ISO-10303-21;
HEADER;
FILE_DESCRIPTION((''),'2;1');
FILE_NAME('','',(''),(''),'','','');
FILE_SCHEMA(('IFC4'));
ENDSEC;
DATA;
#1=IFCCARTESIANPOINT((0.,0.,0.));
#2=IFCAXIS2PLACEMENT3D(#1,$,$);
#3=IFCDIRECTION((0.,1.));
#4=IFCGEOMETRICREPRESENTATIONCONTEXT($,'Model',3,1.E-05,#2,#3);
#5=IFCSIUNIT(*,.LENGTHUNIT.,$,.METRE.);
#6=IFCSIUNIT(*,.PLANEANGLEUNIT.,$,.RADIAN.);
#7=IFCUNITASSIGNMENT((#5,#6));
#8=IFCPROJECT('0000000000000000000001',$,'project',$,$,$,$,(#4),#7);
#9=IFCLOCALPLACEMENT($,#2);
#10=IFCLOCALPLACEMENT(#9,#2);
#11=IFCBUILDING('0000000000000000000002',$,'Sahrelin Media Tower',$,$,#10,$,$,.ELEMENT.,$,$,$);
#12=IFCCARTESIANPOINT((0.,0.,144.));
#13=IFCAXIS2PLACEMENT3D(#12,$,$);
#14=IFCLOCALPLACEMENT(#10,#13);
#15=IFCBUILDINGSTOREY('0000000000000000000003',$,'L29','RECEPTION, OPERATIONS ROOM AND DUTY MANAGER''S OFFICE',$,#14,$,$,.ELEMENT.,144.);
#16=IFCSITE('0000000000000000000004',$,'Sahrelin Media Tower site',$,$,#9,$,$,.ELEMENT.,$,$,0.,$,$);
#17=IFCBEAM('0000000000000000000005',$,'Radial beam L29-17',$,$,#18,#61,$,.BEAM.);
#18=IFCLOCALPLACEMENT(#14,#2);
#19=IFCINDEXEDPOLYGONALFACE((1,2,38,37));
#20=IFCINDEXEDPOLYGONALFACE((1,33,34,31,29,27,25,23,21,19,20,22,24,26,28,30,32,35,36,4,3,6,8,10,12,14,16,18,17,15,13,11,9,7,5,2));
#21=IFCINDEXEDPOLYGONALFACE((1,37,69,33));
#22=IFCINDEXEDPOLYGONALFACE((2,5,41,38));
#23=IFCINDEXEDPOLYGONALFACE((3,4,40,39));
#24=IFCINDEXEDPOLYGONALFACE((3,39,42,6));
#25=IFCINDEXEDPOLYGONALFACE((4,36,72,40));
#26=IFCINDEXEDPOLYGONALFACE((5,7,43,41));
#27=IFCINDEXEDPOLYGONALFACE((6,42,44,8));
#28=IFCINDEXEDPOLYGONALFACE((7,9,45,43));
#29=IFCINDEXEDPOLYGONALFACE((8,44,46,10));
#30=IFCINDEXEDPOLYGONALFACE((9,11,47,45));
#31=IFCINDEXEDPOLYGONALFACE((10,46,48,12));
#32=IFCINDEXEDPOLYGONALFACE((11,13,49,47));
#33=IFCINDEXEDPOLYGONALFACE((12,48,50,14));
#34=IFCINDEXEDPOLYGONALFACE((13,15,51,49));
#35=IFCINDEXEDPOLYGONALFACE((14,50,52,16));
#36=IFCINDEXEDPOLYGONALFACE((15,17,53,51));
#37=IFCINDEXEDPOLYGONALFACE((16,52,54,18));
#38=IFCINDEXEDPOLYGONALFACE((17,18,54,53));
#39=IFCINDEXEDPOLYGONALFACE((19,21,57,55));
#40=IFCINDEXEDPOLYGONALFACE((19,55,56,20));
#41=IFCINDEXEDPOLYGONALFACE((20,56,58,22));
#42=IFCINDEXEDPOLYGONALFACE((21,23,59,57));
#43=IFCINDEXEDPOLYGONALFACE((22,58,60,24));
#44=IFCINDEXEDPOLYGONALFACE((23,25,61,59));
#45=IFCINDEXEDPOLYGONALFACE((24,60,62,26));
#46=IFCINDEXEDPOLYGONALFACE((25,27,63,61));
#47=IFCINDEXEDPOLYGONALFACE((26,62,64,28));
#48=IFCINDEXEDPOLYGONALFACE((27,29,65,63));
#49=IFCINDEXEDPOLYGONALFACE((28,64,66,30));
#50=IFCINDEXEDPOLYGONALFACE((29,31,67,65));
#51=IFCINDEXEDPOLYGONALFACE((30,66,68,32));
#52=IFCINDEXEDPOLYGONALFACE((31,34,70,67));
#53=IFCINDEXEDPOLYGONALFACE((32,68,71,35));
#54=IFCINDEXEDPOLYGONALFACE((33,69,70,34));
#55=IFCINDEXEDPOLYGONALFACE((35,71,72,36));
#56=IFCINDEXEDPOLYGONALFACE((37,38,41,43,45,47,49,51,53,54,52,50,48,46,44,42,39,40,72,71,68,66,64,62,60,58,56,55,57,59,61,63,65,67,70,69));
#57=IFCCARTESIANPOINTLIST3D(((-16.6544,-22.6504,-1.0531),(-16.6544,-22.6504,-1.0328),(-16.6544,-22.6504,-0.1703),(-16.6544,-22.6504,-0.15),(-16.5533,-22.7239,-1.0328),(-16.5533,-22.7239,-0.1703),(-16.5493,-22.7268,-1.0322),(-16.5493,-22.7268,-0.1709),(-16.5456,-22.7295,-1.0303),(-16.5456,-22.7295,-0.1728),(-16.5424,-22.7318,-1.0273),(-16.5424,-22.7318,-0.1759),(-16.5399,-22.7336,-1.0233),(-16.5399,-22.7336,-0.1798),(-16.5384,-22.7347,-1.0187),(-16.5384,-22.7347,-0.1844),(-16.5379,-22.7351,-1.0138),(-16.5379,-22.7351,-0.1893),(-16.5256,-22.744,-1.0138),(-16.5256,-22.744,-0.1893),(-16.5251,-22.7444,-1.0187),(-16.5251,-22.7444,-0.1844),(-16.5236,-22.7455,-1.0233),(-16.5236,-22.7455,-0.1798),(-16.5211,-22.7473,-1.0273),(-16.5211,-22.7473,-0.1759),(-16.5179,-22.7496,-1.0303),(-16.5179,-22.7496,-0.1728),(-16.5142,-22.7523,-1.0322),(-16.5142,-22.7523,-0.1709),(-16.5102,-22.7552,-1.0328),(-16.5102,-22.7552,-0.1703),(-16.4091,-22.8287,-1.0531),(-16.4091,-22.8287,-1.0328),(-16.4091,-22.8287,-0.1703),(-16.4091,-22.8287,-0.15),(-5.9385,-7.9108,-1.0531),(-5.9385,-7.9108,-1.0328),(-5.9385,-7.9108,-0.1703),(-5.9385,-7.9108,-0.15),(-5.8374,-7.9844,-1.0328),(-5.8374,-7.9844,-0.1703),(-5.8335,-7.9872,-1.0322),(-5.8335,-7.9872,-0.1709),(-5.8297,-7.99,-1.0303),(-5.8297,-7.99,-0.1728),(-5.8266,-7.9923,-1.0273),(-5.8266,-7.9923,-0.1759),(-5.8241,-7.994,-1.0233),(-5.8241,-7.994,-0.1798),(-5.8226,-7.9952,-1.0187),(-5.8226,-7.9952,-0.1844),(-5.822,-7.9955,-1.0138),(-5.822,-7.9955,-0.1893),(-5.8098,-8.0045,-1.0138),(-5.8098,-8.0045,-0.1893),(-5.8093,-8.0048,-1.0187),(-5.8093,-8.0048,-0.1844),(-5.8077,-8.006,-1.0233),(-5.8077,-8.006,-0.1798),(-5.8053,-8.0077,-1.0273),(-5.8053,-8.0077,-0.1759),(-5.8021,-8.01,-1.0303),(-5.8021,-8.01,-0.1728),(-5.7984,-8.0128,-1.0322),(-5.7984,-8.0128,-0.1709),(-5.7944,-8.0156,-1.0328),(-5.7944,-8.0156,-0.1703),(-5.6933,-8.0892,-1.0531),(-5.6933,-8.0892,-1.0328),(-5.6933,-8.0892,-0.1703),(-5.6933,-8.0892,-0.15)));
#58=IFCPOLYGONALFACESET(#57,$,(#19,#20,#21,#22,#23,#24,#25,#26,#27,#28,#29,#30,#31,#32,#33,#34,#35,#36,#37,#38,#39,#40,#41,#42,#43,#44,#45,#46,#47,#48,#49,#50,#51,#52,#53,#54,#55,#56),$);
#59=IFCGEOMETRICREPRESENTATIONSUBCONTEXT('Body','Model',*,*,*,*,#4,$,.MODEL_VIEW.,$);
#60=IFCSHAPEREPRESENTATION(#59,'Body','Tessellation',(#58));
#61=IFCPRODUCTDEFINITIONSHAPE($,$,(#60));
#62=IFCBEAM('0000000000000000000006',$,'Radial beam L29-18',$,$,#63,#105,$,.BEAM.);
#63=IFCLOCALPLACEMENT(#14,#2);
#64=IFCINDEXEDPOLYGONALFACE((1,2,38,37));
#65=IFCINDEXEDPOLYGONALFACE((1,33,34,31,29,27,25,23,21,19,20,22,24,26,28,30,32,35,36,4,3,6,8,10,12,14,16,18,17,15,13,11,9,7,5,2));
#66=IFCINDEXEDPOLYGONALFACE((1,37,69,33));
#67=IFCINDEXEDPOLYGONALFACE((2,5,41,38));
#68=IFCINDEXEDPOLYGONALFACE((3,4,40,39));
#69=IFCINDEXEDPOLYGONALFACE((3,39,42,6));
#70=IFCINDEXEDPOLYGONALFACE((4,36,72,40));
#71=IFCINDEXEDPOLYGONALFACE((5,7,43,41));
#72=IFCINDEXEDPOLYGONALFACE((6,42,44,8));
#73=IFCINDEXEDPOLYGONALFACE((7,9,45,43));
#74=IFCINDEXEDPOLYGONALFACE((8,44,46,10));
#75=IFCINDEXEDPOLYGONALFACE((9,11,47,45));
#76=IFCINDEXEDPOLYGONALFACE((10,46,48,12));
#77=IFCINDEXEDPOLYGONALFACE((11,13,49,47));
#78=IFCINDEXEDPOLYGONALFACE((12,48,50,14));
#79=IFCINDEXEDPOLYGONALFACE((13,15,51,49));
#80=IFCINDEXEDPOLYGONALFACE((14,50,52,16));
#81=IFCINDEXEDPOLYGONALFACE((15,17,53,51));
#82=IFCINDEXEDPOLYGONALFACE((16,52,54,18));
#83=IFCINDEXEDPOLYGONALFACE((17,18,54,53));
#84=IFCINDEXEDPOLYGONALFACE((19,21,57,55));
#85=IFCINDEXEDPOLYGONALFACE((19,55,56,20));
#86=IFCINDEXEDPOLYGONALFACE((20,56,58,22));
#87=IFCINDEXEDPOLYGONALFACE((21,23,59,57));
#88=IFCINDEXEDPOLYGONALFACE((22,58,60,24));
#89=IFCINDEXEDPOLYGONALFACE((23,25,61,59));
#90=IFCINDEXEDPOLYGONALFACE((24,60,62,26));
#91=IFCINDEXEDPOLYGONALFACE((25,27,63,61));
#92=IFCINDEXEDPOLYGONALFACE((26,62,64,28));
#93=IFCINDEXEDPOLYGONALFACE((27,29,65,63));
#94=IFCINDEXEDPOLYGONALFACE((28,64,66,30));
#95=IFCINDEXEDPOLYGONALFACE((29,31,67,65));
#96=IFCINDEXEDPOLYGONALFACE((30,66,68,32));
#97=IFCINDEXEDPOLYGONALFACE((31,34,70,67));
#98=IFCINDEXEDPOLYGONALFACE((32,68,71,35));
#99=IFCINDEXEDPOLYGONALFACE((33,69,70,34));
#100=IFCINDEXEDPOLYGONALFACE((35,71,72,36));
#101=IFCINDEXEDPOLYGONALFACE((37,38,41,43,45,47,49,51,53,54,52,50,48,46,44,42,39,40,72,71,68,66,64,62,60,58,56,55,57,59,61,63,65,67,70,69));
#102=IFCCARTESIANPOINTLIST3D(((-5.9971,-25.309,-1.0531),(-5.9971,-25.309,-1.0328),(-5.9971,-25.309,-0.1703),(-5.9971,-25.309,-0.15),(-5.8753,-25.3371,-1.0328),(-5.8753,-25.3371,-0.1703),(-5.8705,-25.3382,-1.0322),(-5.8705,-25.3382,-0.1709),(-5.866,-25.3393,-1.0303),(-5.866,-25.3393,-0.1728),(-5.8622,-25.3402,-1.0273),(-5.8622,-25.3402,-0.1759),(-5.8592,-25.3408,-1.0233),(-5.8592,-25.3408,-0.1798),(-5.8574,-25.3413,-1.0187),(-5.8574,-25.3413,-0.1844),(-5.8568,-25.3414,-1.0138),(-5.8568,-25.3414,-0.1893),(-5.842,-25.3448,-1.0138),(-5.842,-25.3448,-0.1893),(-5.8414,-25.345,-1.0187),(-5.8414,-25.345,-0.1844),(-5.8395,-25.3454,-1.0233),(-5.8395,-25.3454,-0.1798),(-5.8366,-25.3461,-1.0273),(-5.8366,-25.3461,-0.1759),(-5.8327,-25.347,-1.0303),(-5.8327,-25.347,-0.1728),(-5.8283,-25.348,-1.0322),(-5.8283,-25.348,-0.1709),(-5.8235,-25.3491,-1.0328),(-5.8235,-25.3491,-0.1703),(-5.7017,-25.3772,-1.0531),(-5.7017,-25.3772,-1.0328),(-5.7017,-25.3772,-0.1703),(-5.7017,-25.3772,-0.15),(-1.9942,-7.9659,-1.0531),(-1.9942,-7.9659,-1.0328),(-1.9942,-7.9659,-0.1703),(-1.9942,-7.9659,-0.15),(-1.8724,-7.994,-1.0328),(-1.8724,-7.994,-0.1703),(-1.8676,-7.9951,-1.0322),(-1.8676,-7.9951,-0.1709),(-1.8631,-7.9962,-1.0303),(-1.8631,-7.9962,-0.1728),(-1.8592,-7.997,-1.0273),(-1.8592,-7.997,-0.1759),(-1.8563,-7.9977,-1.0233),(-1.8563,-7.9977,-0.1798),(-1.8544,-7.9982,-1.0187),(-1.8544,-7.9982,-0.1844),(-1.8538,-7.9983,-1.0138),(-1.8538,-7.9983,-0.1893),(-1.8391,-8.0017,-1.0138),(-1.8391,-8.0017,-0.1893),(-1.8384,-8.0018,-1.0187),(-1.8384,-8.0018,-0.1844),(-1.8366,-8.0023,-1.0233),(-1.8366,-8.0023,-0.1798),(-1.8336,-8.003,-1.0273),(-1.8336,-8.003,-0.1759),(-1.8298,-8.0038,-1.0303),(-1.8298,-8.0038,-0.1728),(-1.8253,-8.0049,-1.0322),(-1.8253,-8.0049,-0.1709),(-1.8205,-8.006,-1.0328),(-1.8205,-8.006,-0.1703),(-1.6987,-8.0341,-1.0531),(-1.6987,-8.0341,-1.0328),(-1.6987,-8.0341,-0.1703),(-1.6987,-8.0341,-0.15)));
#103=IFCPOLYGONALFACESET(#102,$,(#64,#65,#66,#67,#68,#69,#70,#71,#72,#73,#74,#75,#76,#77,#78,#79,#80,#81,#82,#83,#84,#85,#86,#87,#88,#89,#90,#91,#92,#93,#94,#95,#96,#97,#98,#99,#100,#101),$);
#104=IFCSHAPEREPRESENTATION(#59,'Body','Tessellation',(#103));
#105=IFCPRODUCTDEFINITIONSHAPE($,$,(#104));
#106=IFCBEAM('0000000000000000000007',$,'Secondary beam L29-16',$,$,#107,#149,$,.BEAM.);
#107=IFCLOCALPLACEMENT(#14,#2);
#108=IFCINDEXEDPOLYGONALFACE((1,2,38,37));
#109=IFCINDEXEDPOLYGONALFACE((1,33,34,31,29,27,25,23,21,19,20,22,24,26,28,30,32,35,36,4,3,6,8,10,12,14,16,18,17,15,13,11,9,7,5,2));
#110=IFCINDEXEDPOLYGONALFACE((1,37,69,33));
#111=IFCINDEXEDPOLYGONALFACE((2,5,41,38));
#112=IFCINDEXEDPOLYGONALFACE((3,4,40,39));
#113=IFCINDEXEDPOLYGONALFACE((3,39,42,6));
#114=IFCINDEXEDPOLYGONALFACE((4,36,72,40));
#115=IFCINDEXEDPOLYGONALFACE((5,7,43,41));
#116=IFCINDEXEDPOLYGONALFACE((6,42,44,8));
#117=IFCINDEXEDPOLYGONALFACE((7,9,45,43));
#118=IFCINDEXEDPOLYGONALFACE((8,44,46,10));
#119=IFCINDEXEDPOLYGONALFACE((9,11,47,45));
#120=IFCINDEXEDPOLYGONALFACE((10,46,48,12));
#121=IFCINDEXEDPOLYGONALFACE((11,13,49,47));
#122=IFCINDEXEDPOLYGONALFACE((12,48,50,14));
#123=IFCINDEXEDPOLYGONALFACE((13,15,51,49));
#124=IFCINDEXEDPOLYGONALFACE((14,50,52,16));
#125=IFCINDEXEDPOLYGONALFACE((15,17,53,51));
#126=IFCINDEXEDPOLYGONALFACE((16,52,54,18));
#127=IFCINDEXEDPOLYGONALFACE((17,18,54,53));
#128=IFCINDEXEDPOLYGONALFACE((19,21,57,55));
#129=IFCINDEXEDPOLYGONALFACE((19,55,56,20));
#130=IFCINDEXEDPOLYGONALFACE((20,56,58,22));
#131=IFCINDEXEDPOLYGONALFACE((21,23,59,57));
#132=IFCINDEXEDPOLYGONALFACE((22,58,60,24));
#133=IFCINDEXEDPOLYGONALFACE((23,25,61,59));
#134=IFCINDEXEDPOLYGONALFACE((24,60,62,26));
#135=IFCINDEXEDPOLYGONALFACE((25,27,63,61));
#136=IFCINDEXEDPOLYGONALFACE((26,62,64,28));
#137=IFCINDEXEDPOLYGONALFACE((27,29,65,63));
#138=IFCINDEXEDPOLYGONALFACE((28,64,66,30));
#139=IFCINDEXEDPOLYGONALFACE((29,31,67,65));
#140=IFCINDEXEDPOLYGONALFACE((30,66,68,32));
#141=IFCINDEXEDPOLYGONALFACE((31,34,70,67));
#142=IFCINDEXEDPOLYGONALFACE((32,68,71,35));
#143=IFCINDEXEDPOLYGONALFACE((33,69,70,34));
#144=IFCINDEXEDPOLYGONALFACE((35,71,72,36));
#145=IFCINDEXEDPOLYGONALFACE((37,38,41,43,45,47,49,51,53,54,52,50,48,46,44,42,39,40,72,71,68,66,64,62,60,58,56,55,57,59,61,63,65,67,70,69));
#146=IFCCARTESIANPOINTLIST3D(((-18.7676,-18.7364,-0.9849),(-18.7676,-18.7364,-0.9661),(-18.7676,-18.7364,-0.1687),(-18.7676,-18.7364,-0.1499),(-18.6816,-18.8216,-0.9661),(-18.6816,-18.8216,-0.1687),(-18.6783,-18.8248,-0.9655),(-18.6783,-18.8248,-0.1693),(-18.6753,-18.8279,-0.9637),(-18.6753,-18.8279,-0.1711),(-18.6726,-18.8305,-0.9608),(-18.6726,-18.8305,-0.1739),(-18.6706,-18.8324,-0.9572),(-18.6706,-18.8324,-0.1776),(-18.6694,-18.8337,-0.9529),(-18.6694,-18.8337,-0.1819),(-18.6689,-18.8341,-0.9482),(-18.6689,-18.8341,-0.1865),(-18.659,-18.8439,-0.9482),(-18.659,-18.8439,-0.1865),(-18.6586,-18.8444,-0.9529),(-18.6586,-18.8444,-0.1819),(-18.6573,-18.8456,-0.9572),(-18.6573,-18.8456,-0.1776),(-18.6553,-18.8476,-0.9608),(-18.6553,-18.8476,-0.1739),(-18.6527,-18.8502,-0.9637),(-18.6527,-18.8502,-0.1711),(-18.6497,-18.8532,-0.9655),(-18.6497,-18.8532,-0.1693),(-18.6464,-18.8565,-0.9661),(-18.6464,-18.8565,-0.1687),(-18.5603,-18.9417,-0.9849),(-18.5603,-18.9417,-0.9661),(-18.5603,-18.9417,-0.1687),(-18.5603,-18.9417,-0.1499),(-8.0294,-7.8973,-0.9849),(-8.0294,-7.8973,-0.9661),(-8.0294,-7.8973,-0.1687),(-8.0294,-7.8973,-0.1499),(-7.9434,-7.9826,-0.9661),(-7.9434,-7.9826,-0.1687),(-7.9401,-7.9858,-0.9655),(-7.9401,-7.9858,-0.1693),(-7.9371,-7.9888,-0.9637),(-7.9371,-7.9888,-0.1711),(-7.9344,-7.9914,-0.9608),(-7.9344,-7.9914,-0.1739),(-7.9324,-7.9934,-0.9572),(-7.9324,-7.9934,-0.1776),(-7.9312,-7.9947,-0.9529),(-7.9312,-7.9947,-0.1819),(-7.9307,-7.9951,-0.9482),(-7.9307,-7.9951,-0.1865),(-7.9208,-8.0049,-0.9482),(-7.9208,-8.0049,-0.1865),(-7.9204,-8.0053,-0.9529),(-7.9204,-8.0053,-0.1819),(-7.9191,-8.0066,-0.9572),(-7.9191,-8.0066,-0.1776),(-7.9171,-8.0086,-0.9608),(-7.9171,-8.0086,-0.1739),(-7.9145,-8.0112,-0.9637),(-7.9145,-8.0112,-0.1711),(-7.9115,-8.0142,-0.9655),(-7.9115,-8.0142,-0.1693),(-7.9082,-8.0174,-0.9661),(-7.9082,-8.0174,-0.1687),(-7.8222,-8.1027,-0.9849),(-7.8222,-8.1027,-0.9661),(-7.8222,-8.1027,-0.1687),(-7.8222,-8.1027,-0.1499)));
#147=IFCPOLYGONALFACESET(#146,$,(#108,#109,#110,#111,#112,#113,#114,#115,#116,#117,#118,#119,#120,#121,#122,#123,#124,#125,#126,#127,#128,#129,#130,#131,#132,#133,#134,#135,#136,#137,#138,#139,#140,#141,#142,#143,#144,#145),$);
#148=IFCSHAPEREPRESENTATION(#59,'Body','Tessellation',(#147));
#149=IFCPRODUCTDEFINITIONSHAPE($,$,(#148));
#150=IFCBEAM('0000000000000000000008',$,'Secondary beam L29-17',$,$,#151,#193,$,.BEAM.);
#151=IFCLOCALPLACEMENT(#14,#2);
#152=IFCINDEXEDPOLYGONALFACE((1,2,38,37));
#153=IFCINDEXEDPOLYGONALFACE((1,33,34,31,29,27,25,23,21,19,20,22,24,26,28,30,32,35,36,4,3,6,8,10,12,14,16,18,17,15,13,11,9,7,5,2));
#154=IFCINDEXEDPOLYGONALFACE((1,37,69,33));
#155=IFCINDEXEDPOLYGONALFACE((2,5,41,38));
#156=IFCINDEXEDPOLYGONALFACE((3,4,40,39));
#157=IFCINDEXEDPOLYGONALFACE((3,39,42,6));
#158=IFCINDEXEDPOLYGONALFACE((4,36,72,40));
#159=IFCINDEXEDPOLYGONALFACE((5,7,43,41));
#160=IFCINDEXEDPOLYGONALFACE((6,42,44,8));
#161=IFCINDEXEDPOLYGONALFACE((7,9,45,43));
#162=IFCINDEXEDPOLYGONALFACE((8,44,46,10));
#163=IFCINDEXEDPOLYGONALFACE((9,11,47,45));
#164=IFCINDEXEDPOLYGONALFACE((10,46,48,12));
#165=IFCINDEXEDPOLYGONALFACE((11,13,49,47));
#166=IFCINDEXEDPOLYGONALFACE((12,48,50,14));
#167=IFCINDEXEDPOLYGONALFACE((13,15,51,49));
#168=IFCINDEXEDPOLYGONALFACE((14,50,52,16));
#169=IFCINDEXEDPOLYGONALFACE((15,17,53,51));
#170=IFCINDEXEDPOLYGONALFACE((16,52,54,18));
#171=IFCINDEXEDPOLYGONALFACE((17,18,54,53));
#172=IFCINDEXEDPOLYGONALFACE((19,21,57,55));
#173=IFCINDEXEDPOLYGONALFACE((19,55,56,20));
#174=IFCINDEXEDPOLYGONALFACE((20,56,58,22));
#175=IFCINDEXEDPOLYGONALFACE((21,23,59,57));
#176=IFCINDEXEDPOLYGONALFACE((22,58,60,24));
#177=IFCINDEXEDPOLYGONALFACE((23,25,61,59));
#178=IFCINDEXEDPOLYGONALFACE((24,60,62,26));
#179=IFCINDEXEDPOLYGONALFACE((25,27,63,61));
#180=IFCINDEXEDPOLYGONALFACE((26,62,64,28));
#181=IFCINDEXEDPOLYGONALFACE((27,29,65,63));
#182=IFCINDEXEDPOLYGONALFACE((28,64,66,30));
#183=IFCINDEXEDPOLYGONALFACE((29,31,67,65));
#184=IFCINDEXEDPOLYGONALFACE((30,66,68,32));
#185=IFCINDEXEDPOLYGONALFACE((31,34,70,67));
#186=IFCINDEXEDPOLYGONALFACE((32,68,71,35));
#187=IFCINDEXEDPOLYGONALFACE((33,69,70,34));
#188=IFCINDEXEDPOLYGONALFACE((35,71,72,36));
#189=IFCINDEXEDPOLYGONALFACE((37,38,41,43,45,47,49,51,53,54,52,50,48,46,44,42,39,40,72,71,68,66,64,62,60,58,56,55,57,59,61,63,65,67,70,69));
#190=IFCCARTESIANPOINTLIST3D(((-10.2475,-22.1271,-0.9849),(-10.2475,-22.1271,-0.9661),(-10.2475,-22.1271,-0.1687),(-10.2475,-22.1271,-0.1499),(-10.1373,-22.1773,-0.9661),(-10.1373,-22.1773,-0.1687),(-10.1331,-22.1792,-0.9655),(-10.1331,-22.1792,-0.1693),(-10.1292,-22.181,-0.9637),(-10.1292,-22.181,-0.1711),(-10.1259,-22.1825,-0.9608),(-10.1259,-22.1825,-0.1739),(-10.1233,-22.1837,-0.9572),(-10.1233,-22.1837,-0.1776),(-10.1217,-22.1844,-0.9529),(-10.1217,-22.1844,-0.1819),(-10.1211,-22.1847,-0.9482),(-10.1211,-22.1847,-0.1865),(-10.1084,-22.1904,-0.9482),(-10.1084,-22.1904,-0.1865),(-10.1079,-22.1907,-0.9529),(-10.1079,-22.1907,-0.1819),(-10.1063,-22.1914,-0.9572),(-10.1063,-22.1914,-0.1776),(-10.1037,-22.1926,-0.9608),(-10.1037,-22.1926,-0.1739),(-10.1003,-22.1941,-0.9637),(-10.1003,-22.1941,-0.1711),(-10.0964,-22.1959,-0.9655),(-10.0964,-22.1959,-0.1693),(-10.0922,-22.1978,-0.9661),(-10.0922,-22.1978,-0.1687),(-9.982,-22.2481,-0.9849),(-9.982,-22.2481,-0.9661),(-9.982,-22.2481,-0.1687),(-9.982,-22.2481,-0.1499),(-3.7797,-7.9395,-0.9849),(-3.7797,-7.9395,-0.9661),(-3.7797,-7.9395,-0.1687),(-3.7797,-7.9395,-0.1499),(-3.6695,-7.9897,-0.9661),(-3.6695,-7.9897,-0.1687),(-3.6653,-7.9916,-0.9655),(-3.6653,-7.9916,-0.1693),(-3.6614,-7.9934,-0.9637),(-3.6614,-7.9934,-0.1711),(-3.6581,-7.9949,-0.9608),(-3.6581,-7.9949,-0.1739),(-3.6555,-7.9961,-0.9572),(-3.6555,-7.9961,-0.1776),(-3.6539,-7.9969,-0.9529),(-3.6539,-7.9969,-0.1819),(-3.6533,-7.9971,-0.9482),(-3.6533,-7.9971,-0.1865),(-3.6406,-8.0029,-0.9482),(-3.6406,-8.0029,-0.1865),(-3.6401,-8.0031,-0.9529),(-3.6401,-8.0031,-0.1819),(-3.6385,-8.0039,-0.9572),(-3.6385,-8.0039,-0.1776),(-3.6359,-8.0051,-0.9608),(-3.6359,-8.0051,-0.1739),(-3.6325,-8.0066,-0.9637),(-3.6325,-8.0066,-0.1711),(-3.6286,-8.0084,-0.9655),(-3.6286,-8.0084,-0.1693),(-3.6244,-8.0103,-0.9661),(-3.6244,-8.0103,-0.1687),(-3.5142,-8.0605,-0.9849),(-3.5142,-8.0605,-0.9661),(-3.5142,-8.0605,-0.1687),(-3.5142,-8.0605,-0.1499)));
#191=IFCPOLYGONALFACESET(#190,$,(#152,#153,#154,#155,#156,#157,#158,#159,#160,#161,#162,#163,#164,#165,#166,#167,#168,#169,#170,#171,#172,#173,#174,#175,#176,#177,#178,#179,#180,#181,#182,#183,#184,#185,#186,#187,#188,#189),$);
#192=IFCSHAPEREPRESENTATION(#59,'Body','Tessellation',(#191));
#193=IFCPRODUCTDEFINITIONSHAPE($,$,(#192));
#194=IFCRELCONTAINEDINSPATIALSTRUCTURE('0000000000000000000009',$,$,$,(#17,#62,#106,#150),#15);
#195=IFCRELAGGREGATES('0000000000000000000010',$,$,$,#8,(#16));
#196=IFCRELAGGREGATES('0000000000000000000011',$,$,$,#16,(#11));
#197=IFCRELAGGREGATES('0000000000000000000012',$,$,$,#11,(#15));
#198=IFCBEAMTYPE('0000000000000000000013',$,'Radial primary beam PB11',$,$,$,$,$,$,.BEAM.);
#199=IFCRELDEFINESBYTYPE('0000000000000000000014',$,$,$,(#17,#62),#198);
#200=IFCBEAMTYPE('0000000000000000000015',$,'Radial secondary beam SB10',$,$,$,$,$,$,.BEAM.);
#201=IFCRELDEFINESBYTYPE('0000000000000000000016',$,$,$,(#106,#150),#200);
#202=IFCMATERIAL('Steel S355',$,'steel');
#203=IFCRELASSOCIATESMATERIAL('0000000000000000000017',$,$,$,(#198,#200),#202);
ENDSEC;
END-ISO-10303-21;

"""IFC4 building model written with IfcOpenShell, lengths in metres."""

from ifc_helpers import new_model, si_unit, direction, frame, origin, origin_2d, place, context, subcontext, project, spatial, i_section, extrude, material, material_profile, profile_set, type_object, element, save


model = new_model("IFC4")

# Units and contexts
model_context = context("Model", 3, precision=1e-05, world=origin(), true_north=direction((0.0, 1.0)))
body_context = subcontext(model_context, "Body", "Model", "MODEL_VIEW")
ifc_project = project(units=[si_unit("LENGTHUNIT", "METRE"), si_unit("PLANEANGLEUNIT", "RADIAN")], contexts=[model_context])

# Site, building, storey
site_placement = place(None, origin())
site = spatial("IfcSite", under=ifc_project, at=site_placement, Name="Sahrelin Media Tower site", CompositionType="ELEMENT", RefElevation=0.0)
building_placement = place(site_placement, origin())
building = spatial("IfcBuilding", under=site, at=building_placement, Name="Sahrelin Media Tower", CompositionType="ELEMENT")
storey_placement = place(building_placement, frame((0.0, 0.0, 144.0)))
storey = spatial("IfcBuildingStorey", under=building, at=storey_placement, Name="L29", Description="RECEPTION, OPERATIONS ROOM AND DUTY MANAGER'S OFFICE", CompositionType="ELEMENT", Elevation=144.0)

# Shared definitions
ifc_material_1 = material(Name="Steel S355", Category="steel")

# Beams
ifc_material_profile_1 = material_profile(ifc_material_1, i_section(OverallWidth=0.3032, OverallDepth=0.9031, WebThickness=0.0151, FlangeThickness=0.0203, FilletRadius=0.019, at=origin_2d()), Name="UB 914x305x201")
ifc_profile_set_1 = profile_set([ifc_material_profile_1], Name="Steel S355")
beam_type_1 = type_object("IfcBeamType", Name="Radial primary beam PB11", PredefinedType="BEAM", material=ifc_profile_set_1)
beam_1_placement = place(storey_placement, frame((-5.8159, -8.0, -0.6016), z_axis=(-0.588035, -0.808836, 0.0), x_axis=(0.808836, -0.588035, 0.0)))
element("IfcBeam", 1, at=beam_1_placement, inside=storey, type_object=beam_type_1, Name="Radial beam L29-17", PredefinedType="BEAM", context=body_context, shape_type="SweptSolid", body=[
    extrude(i_section(OverallWidth=0.3032, OverallDepth=0.9031, WebThickness=0.0151, FlangeThickness=0.0203, FilletRadius=0.019, at=origin_2d()), origin(), (0.0, 0.0, 1.0), 18.2231),
])
beam_2_placement = place(storey_placement, frame((-1.8464, -8.0, -0.6016), z_axis=(-0.224897, -0.974383, 0.0), x_axis=(0.974383, -0.224897, 0.0)))
element("IfcBeam", 2, at=beam_2_placement, inside=storey, type_object=beam_type_1, Name="Radial beam L29-18", PredefinedType="BEAM", context=body_context, shape_type="SweptSolid", body=[
    extrude(i_section(OverallWidth=0.3032, OverallDepth=0.9031, WebThickness=0.0151, FlangeThickness=0.0203, FilletRadius=0.019, at=origin_2d()), origin(), (0.0, 0.0, 1.0), 17.7991),
])
ifc_material_profile_2 = material_profile(ifc_material_1, i_section(OverallWidth=0.2917, OverallDepth=0.835, WebThickness=0.0139, FlangeThickness=0.0188, FilletRadius=0.0178, at=origin_2d()), Name="UB 838x292x176")
ifc_profile_set_2 = profile_set([ifc_material_profile_2], Name="Steel S355")
beam_type_2 = type_object("IfcBeamType", Name="Radial secondary beam SB10", PredefinedType="BEAM", material=ifc_profile_set_2)
beam_3_placement = place(storey_placement, frame((-7.9258, -8.0, -0.5674), z_axis=(-0.703795, -0.710403, 0.0), x_axis=(0.710403, -0.703795, 0.0)))
element("IfcBeam", 3, at=beam_3_placement, inside=storey, type_object=beam_type_2, Name="Secondary beam L29-16", PredefinedType="BEAM", context=body_context, shape_type="SweptSolid", body=[
    extrude(i_section(OverallWidth=0.2917, OverallDepth=0.835, WebThickness=0.0139, FlangeThickness=0.0188, FilletRadius=0.0178, at=origin_2d()), origin(), (0.0, 0.0, 1.0), 15.2576),
])
beam_4_placement = place(storey_placement, frame((-3.647, -8.0, -0.5674), z_axis=(-0.414808, -0.909909, 0.0), x_axis=(0.909909, -0.414808, 0.0)))
element("IfcBeam", 4, at=beam_4_placement, inside=storey, type_object=beam_type_2, Name="Secondary beam L29-17", PredefinedType="BEAM", context=body_context, shape_type="SweptSolid", body=[
    extrude(i_section(OverallWidth=0.2917, OverallDepth=0.835, WebThickness=0.0139, FlangeThickness=0.0188, FilletRadius=0.0178, at=origin_2d()), origin(), (0.0, 0.0, 1.0), 15.5923),
])

save(model, "model.ifc")
